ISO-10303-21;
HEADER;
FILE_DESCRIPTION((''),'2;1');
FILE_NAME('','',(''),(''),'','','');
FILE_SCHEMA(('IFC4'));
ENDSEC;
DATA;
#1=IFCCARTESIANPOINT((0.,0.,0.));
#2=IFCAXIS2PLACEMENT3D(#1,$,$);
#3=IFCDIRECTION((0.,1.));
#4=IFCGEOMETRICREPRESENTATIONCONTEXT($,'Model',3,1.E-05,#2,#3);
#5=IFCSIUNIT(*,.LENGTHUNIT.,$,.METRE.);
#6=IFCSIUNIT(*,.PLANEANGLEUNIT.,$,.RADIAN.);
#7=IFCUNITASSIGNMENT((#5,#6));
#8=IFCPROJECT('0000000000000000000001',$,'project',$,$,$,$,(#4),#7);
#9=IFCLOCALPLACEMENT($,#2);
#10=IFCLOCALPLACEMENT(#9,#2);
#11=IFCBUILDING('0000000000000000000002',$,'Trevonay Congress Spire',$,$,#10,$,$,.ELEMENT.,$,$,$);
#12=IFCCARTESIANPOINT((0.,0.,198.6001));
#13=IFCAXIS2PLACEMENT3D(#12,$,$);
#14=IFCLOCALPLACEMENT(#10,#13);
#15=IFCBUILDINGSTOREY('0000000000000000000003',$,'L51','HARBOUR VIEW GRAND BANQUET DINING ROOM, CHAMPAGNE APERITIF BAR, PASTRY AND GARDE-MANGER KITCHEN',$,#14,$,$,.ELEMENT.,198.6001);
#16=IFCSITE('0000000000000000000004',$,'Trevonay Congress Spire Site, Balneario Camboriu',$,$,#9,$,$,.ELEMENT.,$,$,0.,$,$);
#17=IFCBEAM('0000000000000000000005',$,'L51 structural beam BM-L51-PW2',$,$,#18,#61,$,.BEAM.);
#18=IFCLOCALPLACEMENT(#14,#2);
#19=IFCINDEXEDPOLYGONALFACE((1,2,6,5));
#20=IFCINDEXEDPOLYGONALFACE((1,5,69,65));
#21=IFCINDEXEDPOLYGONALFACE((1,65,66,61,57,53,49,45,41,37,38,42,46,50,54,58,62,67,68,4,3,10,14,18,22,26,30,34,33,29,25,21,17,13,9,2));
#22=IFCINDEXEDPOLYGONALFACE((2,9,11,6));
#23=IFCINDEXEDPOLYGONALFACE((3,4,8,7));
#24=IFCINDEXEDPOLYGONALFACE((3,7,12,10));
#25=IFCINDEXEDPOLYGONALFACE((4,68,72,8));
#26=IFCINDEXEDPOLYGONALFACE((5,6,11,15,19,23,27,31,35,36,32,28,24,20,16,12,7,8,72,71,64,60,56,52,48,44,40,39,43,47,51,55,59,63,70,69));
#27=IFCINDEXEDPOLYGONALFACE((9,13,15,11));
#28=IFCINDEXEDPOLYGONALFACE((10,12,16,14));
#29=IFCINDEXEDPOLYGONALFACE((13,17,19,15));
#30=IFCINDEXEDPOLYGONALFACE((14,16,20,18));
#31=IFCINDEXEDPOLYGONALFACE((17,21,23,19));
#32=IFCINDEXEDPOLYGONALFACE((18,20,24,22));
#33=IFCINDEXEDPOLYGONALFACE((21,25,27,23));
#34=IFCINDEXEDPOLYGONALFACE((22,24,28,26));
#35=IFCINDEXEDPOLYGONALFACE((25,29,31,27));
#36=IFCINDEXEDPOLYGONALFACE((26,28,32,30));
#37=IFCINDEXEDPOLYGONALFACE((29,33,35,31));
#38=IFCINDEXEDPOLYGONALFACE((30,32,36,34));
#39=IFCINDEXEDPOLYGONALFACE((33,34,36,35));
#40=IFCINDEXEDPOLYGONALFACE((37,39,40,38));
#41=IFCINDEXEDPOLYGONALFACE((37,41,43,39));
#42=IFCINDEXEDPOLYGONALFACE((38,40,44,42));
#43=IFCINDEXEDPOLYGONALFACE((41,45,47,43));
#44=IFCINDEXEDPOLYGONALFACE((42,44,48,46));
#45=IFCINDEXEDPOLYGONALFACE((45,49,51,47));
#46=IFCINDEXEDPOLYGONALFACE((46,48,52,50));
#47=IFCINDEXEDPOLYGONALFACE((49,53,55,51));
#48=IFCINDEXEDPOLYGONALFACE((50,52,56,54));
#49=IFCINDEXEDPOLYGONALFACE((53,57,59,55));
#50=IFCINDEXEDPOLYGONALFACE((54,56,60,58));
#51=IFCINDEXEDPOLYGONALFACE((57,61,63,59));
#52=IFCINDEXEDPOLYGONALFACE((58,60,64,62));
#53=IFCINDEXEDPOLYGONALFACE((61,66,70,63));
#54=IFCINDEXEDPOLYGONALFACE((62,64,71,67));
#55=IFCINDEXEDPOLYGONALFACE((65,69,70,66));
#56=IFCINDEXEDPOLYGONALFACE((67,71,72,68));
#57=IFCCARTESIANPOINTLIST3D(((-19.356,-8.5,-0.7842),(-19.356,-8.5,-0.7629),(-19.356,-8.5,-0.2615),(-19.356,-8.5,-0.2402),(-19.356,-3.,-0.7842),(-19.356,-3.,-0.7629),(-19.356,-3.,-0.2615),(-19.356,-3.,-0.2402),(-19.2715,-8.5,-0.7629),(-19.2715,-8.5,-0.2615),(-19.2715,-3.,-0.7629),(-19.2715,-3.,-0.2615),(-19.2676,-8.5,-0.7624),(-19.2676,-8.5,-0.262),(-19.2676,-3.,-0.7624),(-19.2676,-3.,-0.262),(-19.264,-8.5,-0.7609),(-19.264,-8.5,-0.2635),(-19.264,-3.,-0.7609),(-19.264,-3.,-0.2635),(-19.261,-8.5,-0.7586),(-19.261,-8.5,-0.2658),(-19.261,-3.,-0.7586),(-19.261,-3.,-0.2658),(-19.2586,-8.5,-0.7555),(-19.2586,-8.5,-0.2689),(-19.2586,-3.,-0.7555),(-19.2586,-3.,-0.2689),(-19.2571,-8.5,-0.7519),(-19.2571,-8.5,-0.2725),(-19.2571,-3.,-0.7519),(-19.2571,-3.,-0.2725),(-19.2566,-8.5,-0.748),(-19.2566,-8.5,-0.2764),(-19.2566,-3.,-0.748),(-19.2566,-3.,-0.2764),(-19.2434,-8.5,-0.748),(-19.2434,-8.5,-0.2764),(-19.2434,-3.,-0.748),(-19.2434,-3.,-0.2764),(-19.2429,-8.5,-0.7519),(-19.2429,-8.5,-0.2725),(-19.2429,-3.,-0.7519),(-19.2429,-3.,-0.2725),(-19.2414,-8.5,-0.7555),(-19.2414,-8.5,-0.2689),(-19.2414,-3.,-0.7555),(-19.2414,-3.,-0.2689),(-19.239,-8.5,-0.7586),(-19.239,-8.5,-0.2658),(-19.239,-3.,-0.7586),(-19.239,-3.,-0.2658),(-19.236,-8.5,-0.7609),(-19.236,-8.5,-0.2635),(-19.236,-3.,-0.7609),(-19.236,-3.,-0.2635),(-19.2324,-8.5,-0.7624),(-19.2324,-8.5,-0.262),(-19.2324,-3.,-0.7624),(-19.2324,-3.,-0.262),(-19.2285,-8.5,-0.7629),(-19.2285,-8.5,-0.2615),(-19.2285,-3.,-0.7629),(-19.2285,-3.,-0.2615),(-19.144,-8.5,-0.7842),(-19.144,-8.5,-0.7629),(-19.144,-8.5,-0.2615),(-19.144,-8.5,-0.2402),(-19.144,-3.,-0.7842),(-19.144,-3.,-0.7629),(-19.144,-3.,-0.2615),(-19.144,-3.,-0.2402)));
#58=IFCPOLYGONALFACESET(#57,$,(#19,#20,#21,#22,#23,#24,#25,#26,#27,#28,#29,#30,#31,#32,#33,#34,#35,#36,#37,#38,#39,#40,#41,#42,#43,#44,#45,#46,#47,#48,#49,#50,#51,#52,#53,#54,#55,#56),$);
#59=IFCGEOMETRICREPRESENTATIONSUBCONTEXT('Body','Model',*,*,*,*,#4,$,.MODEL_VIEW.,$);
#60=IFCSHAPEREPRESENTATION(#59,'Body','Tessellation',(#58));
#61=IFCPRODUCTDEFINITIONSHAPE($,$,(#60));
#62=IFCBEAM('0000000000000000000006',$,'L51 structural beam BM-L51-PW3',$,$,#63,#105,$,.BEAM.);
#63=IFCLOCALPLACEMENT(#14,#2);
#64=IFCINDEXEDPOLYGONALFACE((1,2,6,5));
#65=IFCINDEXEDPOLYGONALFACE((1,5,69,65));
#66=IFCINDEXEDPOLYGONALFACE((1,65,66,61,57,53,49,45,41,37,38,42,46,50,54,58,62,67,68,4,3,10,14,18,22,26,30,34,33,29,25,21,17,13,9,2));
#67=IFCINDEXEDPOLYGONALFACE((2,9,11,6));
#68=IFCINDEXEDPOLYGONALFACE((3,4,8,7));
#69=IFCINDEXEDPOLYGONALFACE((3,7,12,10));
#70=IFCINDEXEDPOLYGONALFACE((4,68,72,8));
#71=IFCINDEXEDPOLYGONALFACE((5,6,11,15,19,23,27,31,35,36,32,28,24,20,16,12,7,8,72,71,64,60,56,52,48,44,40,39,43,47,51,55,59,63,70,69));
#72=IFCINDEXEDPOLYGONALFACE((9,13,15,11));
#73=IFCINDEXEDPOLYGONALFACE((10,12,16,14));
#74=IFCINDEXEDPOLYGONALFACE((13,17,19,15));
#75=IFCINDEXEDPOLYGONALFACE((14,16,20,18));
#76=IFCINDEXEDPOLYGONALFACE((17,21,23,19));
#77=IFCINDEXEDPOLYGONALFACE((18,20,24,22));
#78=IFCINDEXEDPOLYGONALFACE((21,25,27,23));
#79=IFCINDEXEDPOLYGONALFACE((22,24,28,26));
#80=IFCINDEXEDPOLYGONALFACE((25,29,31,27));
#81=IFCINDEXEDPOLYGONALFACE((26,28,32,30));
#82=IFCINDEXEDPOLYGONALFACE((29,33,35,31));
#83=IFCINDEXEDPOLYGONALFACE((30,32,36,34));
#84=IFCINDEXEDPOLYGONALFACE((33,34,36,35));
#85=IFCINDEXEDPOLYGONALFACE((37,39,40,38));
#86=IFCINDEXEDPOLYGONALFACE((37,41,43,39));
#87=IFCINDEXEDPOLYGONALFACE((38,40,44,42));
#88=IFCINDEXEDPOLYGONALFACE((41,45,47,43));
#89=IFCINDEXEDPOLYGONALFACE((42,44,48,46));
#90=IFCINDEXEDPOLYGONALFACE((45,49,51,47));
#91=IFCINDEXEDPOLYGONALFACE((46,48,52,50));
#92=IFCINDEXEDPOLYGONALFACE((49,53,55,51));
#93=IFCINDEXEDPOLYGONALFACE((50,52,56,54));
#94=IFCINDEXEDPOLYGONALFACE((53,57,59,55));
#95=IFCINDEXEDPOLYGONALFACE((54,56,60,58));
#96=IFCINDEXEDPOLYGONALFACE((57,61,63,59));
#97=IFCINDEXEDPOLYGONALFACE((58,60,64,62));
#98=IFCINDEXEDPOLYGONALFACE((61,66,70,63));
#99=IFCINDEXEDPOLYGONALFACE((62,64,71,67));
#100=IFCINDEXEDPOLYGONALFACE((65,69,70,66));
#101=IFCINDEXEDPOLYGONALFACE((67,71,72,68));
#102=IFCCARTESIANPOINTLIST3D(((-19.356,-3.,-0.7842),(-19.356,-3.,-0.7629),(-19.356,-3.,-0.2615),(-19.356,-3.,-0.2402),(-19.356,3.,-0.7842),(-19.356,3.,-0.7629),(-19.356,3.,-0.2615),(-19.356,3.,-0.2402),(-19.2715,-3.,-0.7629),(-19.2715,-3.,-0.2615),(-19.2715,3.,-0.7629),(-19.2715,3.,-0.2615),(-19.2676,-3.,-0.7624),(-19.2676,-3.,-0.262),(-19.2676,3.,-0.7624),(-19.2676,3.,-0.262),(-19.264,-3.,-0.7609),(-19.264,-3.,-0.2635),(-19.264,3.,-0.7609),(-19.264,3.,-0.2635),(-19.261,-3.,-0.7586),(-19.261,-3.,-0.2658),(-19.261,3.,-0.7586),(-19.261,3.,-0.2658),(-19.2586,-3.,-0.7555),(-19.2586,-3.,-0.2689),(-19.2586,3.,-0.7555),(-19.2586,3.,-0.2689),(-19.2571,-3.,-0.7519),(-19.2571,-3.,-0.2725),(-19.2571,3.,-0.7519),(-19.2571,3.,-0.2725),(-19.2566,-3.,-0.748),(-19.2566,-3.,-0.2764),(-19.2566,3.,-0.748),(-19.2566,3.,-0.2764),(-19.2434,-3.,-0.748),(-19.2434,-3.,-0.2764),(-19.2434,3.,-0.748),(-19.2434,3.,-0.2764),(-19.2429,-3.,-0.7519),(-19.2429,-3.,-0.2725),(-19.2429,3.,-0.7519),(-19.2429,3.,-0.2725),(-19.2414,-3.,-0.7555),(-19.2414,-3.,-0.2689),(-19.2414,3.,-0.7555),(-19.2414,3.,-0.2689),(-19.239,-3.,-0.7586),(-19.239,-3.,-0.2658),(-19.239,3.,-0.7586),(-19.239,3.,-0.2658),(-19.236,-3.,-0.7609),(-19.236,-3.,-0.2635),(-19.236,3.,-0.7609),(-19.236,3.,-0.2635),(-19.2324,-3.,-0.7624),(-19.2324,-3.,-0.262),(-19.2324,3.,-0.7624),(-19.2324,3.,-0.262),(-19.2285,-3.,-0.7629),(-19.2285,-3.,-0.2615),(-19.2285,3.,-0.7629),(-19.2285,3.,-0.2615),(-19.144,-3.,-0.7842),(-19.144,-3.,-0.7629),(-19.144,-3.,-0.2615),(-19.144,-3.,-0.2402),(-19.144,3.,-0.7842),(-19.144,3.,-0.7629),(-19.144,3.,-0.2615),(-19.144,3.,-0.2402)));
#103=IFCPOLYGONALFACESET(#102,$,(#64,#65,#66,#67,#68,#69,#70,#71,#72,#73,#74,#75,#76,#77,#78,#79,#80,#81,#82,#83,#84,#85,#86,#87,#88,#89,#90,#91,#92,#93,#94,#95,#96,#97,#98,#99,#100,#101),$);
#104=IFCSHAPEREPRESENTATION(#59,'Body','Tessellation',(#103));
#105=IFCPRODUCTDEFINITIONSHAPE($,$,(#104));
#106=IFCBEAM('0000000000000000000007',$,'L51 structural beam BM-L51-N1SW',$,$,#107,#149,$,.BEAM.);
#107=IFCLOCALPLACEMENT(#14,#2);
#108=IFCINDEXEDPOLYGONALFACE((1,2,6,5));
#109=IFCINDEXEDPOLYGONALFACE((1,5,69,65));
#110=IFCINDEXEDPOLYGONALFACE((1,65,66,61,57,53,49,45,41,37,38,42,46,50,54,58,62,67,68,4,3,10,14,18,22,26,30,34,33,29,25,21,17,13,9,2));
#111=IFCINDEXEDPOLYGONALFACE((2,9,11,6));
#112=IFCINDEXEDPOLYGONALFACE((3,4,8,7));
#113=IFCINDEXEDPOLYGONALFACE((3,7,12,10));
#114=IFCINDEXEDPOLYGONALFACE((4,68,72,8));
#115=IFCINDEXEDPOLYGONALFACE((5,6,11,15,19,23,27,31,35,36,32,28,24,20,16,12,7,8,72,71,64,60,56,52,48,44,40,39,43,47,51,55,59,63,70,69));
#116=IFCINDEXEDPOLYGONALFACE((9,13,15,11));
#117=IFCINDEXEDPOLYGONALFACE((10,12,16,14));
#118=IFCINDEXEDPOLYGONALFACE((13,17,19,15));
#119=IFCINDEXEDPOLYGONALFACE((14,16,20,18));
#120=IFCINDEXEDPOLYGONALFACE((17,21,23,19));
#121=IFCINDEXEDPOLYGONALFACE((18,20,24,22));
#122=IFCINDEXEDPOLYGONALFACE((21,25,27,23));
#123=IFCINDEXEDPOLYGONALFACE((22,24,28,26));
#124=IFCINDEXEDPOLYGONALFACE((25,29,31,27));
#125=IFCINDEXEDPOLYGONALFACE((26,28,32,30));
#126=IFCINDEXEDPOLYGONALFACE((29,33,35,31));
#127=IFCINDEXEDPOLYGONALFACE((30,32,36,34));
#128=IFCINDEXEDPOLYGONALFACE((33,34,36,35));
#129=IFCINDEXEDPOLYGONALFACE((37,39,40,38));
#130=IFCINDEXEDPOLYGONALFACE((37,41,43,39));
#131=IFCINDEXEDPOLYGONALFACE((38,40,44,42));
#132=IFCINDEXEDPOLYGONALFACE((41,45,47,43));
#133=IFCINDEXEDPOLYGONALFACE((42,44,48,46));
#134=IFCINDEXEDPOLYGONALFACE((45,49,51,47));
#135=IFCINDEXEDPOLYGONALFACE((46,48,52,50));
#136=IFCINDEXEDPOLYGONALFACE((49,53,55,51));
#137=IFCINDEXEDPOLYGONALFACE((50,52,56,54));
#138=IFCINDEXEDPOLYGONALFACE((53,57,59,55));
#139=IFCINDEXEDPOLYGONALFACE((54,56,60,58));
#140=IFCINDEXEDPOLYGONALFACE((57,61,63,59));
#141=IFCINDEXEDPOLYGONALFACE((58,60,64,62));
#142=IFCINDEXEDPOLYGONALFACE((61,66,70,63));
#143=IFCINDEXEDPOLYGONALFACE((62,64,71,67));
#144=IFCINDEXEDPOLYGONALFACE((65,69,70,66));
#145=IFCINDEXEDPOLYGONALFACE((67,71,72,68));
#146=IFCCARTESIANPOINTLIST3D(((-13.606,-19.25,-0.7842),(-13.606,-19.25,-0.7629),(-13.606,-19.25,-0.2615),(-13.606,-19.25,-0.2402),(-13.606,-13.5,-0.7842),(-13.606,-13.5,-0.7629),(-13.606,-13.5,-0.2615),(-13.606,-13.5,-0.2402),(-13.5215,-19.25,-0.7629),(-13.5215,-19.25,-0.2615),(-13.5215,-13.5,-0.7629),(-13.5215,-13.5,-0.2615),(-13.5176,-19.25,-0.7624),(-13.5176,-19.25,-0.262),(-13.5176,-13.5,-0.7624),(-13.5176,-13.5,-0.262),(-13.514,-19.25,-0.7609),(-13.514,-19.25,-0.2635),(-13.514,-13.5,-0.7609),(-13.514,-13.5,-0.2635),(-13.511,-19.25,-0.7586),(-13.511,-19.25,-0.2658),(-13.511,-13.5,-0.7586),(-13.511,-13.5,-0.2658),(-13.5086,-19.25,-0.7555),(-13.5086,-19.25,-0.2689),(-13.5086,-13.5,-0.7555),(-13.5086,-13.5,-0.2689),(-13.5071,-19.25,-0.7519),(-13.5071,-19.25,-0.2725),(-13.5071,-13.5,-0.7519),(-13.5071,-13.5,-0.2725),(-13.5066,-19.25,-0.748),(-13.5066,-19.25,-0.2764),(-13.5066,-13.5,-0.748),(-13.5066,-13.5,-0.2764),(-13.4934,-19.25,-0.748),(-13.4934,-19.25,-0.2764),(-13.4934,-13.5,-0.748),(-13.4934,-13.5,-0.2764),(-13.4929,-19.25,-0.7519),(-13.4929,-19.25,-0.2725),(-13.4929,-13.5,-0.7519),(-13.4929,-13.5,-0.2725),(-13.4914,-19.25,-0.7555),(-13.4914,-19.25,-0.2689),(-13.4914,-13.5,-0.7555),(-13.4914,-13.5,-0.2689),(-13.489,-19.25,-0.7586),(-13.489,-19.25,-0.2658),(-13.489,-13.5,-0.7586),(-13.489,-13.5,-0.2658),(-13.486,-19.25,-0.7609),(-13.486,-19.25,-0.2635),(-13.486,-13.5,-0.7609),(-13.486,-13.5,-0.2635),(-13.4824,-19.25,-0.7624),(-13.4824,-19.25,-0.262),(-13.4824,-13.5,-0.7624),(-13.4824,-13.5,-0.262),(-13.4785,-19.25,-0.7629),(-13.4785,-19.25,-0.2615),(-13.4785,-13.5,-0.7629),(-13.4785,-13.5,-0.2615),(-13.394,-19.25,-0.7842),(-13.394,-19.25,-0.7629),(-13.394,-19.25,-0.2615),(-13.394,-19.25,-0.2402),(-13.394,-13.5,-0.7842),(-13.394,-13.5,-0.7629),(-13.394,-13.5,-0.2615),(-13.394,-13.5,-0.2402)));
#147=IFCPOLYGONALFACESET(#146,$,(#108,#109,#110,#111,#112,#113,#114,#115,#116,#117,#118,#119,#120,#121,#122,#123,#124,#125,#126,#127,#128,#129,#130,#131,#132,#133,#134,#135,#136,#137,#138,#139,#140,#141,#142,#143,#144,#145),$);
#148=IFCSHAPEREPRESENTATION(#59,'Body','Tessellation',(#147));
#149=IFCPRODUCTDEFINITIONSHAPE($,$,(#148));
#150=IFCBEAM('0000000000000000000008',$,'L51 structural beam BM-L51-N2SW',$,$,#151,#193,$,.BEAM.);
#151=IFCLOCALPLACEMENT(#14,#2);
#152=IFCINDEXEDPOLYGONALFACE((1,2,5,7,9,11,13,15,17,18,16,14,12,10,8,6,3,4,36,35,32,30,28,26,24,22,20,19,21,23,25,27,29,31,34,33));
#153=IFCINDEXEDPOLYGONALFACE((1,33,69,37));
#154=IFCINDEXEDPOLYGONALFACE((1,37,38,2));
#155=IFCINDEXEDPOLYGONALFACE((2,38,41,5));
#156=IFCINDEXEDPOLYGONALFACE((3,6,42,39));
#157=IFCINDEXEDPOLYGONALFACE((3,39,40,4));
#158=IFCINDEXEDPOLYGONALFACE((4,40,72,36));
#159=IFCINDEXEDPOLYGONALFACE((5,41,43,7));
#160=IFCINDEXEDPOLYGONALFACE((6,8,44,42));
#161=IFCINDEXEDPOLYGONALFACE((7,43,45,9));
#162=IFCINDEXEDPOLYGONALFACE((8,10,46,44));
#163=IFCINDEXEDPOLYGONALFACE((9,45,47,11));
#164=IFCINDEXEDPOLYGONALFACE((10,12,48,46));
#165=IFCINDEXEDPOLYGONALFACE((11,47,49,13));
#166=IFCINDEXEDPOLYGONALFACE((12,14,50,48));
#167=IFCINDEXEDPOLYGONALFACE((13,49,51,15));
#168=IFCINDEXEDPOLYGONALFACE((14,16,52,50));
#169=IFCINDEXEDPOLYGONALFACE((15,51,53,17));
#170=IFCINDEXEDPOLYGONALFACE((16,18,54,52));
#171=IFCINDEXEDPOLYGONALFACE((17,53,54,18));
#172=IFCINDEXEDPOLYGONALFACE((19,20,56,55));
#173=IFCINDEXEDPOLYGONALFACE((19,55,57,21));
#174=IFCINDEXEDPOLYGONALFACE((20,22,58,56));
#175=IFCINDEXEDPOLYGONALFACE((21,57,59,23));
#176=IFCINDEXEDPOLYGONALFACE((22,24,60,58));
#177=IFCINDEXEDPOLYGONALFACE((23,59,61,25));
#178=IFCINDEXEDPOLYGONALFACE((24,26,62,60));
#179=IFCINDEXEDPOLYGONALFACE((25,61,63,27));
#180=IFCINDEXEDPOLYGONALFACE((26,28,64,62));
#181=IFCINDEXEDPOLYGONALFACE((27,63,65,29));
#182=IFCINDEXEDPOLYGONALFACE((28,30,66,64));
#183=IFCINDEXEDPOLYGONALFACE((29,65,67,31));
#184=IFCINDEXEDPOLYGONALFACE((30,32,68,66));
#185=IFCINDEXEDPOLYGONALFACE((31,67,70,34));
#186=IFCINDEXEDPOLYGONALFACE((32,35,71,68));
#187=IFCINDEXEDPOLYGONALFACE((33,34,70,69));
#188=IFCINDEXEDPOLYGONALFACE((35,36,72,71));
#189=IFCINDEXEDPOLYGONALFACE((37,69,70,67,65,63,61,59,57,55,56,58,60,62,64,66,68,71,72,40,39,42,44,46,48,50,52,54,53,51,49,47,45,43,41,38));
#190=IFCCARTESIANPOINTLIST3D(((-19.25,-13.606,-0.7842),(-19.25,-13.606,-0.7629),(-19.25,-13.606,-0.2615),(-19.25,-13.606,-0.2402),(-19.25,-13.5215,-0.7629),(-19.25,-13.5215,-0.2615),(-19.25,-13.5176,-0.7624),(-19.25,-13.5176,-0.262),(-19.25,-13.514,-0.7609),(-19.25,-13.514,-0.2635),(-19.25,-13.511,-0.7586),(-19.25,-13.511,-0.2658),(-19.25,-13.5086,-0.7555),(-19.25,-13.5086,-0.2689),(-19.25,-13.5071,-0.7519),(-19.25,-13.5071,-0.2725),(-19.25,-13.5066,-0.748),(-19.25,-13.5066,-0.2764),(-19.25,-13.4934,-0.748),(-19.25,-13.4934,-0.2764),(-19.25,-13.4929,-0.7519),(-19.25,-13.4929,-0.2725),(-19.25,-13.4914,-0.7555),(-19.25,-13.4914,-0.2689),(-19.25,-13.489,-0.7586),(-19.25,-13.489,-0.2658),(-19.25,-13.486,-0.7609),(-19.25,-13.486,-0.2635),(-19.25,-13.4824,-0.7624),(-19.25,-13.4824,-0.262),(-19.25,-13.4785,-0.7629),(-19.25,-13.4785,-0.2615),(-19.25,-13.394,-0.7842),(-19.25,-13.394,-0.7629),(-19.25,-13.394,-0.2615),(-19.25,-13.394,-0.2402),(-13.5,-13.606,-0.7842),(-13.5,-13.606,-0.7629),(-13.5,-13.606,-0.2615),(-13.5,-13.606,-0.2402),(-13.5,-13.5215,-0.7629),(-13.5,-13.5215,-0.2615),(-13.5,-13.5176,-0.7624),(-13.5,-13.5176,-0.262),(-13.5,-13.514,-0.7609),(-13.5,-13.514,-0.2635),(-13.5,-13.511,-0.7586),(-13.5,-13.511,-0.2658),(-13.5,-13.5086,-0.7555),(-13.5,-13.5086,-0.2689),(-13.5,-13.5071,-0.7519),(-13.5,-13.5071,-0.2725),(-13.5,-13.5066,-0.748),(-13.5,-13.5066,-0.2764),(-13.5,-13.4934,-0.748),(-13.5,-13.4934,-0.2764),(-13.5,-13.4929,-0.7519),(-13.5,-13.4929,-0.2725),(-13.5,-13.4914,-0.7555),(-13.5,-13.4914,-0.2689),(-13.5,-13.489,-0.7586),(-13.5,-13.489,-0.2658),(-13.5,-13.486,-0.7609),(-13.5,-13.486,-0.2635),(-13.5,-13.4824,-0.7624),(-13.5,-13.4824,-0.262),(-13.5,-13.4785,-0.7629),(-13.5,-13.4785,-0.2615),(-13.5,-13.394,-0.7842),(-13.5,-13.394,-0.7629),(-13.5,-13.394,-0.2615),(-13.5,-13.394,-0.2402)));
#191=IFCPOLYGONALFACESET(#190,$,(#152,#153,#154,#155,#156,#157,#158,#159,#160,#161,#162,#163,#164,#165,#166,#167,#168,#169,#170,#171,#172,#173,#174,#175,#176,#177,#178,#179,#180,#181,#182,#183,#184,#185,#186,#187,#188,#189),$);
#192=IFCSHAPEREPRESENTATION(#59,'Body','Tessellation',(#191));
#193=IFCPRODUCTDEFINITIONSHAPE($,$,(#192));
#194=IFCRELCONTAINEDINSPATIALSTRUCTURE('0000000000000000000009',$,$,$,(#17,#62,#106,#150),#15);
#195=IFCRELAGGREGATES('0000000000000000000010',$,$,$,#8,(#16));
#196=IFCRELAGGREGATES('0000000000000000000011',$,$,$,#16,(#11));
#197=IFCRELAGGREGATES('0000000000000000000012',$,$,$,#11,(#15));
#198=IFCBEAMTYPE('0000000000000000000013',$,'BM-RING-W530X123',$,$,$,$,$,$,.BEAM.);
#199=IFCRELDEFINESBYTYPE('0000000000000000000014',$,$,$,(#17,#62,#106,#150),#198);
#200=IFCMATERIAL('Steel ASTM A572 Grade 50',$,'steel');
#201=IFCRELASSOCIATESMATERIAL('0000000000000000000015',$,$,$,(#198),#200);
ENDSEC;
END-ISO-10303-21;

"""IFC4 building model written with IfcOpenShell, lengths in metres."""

from ifc_helpers import new_model, si_unit, direction, frame, origin, origin_2d, place, context, subcontext, project, spatial, i_section, extrude, material, material_profile, profile_set, type_object, element, save


model = new_model("IFC4")

# Units and contexts
model_context = context("Model", 3, precision=1e-05, world=origin(), true_north=direction((0.0, 1.0)))
body_context = subcontext(model_context, "Body", "Model", "MODEL_VIEW")
ifc_project = project(units=[si_unit("LENGTHUNIT", "METRE"), si_unit("PLANEANGLEUNIT", "RADIAN")], contexts=[model_context])

# Site, building, storey
site_placement = place(None, origin())
site = spatial("IfcSite", under=ifc_project, at=site_placement, Name="Trevonay Congress Spire Site, Balneario Camboriu", CompositionType="ELEMENT", RefElevation=0.0)
building_placement = place(site_placement, origin())
building = spatial("IfcBuilding", under=site, at=building_placement, Name="Trevonay Congress Spire", CompositionType="ELEMENT")
storey_placement = place(building_placement, frame((0.0, 0.0, 198.6001)))
storey = spatial("IfcBuildingStorey", under=building, at=storey_placement, Name="L51", Description="HARBOUR VIEW GRAND BANQUET DINING ROOM, CHAMPAGNE APERITIF BAR, PASTRY AND GARDE-MANGER KITCHEN", CompositionType="ELEMENT", Elevation=198.6001)

# Shared definitions
ifc_material_1 = material(Name="Steel ASTM A572 Grade 50", Category="steel")

# Beams
ifc_material_profile_1 = material_profile(ifc_material_1, i_section(OverallWidth=0.2119, OverallDepth=0.5439, WebThickness=0.0132, FlangeThickness=0.0212, FilletRadius=0.0149, at=origin_2d()), Name="W530x123")
ifc_profile_set_1 = profile_set([ifc_material_profile_1], Name="Steel ASTM A572 Grade 50")
beam_type_1 = type_object("IfcBeamType", Name="BM-RING-W530X123", PredefinedType="BEAM", material=ifc_profile_set_1)
beam_1_placement = place(storey_placement, frame((-19.25, -8.5, -0.5122), z_axis=(0.0, 1.0, 0.0), x_axis=(-1.0, 0.0, 0.0)))
element("IfcBeam", 1, at=beam_1_placement, inside=storey, type_object=beam_type_1, Name="L51 structural beam BM-L51-PW2", PredefinedType="BEAM", context=body_context, shape_type="SweptSolid", body=[
    extrude(i_section(OverallWidth=0.2119, OverallDepth=0.5439, WebThickness=0.0132, FlangeThickness=0.0212, FilletRadius=0.0149, at=origin_2d()), origin(), (0.0, 0.0, 1.0), 5.5),
])
beam_2_placement = place(storey_placement, frame((-19.25, -3.0, -0.5122), z_axis=(0.0, 1.0, 0.0), x_axis=(-1.0, 0.0, 0.0)))
element("IfcBeam", 2, at=beam_2_placement, inside=storey, type_object=beam_type_1, Name="L51 structural beam BM-L51-PW3", PredefinedType="BEAM", context=body_context, shape_type="SweptSolid", body=[
    extrude(i_section(OverallWidth=0.2119, OverallDepth=0.5439, WebThickness=0.0132, FlangeThickness=0.0212, FilletRadius=0.0149, at=origin_2d()), origin(), (0.0, 0.0, 1.0), 6.0),
])
for number, where, z_axis, x_axis, name in (
    (3, (-13.5, -19.25, -0.5122), (0.0, 1.0, 0.0), (-1.0, 0.0, 0.0), "L51 structural beam BM-L51-N1SW"),
    (4, (-19.25, -13.5, -0.5122), (1.0, 0.0, 0.0), (0.0, 1.0, 0.0), "L51 structural beam BM-L51-N2SW"),
):
    element("IfcBeam", number, at=place(storey_placement, frame(where, z_axis=z_axis, x_axis=x_axis)), inside=storey, type_object=beam_type_1, Name=name, PredefinedType="BEAM", context=body_context, shape_type="SweptSolid", body=[
        extrude(i_section(OverallWidth=0.2119, OverallDepth=0.5439, WebThickness=0.0132, FlangeThickness=0.0212, FilletRadius=0.0149, at=origin_2d()), origin(), (0.0, 0.0, 1.0), 5.75),
    ])

save(model, "model.ifc")
